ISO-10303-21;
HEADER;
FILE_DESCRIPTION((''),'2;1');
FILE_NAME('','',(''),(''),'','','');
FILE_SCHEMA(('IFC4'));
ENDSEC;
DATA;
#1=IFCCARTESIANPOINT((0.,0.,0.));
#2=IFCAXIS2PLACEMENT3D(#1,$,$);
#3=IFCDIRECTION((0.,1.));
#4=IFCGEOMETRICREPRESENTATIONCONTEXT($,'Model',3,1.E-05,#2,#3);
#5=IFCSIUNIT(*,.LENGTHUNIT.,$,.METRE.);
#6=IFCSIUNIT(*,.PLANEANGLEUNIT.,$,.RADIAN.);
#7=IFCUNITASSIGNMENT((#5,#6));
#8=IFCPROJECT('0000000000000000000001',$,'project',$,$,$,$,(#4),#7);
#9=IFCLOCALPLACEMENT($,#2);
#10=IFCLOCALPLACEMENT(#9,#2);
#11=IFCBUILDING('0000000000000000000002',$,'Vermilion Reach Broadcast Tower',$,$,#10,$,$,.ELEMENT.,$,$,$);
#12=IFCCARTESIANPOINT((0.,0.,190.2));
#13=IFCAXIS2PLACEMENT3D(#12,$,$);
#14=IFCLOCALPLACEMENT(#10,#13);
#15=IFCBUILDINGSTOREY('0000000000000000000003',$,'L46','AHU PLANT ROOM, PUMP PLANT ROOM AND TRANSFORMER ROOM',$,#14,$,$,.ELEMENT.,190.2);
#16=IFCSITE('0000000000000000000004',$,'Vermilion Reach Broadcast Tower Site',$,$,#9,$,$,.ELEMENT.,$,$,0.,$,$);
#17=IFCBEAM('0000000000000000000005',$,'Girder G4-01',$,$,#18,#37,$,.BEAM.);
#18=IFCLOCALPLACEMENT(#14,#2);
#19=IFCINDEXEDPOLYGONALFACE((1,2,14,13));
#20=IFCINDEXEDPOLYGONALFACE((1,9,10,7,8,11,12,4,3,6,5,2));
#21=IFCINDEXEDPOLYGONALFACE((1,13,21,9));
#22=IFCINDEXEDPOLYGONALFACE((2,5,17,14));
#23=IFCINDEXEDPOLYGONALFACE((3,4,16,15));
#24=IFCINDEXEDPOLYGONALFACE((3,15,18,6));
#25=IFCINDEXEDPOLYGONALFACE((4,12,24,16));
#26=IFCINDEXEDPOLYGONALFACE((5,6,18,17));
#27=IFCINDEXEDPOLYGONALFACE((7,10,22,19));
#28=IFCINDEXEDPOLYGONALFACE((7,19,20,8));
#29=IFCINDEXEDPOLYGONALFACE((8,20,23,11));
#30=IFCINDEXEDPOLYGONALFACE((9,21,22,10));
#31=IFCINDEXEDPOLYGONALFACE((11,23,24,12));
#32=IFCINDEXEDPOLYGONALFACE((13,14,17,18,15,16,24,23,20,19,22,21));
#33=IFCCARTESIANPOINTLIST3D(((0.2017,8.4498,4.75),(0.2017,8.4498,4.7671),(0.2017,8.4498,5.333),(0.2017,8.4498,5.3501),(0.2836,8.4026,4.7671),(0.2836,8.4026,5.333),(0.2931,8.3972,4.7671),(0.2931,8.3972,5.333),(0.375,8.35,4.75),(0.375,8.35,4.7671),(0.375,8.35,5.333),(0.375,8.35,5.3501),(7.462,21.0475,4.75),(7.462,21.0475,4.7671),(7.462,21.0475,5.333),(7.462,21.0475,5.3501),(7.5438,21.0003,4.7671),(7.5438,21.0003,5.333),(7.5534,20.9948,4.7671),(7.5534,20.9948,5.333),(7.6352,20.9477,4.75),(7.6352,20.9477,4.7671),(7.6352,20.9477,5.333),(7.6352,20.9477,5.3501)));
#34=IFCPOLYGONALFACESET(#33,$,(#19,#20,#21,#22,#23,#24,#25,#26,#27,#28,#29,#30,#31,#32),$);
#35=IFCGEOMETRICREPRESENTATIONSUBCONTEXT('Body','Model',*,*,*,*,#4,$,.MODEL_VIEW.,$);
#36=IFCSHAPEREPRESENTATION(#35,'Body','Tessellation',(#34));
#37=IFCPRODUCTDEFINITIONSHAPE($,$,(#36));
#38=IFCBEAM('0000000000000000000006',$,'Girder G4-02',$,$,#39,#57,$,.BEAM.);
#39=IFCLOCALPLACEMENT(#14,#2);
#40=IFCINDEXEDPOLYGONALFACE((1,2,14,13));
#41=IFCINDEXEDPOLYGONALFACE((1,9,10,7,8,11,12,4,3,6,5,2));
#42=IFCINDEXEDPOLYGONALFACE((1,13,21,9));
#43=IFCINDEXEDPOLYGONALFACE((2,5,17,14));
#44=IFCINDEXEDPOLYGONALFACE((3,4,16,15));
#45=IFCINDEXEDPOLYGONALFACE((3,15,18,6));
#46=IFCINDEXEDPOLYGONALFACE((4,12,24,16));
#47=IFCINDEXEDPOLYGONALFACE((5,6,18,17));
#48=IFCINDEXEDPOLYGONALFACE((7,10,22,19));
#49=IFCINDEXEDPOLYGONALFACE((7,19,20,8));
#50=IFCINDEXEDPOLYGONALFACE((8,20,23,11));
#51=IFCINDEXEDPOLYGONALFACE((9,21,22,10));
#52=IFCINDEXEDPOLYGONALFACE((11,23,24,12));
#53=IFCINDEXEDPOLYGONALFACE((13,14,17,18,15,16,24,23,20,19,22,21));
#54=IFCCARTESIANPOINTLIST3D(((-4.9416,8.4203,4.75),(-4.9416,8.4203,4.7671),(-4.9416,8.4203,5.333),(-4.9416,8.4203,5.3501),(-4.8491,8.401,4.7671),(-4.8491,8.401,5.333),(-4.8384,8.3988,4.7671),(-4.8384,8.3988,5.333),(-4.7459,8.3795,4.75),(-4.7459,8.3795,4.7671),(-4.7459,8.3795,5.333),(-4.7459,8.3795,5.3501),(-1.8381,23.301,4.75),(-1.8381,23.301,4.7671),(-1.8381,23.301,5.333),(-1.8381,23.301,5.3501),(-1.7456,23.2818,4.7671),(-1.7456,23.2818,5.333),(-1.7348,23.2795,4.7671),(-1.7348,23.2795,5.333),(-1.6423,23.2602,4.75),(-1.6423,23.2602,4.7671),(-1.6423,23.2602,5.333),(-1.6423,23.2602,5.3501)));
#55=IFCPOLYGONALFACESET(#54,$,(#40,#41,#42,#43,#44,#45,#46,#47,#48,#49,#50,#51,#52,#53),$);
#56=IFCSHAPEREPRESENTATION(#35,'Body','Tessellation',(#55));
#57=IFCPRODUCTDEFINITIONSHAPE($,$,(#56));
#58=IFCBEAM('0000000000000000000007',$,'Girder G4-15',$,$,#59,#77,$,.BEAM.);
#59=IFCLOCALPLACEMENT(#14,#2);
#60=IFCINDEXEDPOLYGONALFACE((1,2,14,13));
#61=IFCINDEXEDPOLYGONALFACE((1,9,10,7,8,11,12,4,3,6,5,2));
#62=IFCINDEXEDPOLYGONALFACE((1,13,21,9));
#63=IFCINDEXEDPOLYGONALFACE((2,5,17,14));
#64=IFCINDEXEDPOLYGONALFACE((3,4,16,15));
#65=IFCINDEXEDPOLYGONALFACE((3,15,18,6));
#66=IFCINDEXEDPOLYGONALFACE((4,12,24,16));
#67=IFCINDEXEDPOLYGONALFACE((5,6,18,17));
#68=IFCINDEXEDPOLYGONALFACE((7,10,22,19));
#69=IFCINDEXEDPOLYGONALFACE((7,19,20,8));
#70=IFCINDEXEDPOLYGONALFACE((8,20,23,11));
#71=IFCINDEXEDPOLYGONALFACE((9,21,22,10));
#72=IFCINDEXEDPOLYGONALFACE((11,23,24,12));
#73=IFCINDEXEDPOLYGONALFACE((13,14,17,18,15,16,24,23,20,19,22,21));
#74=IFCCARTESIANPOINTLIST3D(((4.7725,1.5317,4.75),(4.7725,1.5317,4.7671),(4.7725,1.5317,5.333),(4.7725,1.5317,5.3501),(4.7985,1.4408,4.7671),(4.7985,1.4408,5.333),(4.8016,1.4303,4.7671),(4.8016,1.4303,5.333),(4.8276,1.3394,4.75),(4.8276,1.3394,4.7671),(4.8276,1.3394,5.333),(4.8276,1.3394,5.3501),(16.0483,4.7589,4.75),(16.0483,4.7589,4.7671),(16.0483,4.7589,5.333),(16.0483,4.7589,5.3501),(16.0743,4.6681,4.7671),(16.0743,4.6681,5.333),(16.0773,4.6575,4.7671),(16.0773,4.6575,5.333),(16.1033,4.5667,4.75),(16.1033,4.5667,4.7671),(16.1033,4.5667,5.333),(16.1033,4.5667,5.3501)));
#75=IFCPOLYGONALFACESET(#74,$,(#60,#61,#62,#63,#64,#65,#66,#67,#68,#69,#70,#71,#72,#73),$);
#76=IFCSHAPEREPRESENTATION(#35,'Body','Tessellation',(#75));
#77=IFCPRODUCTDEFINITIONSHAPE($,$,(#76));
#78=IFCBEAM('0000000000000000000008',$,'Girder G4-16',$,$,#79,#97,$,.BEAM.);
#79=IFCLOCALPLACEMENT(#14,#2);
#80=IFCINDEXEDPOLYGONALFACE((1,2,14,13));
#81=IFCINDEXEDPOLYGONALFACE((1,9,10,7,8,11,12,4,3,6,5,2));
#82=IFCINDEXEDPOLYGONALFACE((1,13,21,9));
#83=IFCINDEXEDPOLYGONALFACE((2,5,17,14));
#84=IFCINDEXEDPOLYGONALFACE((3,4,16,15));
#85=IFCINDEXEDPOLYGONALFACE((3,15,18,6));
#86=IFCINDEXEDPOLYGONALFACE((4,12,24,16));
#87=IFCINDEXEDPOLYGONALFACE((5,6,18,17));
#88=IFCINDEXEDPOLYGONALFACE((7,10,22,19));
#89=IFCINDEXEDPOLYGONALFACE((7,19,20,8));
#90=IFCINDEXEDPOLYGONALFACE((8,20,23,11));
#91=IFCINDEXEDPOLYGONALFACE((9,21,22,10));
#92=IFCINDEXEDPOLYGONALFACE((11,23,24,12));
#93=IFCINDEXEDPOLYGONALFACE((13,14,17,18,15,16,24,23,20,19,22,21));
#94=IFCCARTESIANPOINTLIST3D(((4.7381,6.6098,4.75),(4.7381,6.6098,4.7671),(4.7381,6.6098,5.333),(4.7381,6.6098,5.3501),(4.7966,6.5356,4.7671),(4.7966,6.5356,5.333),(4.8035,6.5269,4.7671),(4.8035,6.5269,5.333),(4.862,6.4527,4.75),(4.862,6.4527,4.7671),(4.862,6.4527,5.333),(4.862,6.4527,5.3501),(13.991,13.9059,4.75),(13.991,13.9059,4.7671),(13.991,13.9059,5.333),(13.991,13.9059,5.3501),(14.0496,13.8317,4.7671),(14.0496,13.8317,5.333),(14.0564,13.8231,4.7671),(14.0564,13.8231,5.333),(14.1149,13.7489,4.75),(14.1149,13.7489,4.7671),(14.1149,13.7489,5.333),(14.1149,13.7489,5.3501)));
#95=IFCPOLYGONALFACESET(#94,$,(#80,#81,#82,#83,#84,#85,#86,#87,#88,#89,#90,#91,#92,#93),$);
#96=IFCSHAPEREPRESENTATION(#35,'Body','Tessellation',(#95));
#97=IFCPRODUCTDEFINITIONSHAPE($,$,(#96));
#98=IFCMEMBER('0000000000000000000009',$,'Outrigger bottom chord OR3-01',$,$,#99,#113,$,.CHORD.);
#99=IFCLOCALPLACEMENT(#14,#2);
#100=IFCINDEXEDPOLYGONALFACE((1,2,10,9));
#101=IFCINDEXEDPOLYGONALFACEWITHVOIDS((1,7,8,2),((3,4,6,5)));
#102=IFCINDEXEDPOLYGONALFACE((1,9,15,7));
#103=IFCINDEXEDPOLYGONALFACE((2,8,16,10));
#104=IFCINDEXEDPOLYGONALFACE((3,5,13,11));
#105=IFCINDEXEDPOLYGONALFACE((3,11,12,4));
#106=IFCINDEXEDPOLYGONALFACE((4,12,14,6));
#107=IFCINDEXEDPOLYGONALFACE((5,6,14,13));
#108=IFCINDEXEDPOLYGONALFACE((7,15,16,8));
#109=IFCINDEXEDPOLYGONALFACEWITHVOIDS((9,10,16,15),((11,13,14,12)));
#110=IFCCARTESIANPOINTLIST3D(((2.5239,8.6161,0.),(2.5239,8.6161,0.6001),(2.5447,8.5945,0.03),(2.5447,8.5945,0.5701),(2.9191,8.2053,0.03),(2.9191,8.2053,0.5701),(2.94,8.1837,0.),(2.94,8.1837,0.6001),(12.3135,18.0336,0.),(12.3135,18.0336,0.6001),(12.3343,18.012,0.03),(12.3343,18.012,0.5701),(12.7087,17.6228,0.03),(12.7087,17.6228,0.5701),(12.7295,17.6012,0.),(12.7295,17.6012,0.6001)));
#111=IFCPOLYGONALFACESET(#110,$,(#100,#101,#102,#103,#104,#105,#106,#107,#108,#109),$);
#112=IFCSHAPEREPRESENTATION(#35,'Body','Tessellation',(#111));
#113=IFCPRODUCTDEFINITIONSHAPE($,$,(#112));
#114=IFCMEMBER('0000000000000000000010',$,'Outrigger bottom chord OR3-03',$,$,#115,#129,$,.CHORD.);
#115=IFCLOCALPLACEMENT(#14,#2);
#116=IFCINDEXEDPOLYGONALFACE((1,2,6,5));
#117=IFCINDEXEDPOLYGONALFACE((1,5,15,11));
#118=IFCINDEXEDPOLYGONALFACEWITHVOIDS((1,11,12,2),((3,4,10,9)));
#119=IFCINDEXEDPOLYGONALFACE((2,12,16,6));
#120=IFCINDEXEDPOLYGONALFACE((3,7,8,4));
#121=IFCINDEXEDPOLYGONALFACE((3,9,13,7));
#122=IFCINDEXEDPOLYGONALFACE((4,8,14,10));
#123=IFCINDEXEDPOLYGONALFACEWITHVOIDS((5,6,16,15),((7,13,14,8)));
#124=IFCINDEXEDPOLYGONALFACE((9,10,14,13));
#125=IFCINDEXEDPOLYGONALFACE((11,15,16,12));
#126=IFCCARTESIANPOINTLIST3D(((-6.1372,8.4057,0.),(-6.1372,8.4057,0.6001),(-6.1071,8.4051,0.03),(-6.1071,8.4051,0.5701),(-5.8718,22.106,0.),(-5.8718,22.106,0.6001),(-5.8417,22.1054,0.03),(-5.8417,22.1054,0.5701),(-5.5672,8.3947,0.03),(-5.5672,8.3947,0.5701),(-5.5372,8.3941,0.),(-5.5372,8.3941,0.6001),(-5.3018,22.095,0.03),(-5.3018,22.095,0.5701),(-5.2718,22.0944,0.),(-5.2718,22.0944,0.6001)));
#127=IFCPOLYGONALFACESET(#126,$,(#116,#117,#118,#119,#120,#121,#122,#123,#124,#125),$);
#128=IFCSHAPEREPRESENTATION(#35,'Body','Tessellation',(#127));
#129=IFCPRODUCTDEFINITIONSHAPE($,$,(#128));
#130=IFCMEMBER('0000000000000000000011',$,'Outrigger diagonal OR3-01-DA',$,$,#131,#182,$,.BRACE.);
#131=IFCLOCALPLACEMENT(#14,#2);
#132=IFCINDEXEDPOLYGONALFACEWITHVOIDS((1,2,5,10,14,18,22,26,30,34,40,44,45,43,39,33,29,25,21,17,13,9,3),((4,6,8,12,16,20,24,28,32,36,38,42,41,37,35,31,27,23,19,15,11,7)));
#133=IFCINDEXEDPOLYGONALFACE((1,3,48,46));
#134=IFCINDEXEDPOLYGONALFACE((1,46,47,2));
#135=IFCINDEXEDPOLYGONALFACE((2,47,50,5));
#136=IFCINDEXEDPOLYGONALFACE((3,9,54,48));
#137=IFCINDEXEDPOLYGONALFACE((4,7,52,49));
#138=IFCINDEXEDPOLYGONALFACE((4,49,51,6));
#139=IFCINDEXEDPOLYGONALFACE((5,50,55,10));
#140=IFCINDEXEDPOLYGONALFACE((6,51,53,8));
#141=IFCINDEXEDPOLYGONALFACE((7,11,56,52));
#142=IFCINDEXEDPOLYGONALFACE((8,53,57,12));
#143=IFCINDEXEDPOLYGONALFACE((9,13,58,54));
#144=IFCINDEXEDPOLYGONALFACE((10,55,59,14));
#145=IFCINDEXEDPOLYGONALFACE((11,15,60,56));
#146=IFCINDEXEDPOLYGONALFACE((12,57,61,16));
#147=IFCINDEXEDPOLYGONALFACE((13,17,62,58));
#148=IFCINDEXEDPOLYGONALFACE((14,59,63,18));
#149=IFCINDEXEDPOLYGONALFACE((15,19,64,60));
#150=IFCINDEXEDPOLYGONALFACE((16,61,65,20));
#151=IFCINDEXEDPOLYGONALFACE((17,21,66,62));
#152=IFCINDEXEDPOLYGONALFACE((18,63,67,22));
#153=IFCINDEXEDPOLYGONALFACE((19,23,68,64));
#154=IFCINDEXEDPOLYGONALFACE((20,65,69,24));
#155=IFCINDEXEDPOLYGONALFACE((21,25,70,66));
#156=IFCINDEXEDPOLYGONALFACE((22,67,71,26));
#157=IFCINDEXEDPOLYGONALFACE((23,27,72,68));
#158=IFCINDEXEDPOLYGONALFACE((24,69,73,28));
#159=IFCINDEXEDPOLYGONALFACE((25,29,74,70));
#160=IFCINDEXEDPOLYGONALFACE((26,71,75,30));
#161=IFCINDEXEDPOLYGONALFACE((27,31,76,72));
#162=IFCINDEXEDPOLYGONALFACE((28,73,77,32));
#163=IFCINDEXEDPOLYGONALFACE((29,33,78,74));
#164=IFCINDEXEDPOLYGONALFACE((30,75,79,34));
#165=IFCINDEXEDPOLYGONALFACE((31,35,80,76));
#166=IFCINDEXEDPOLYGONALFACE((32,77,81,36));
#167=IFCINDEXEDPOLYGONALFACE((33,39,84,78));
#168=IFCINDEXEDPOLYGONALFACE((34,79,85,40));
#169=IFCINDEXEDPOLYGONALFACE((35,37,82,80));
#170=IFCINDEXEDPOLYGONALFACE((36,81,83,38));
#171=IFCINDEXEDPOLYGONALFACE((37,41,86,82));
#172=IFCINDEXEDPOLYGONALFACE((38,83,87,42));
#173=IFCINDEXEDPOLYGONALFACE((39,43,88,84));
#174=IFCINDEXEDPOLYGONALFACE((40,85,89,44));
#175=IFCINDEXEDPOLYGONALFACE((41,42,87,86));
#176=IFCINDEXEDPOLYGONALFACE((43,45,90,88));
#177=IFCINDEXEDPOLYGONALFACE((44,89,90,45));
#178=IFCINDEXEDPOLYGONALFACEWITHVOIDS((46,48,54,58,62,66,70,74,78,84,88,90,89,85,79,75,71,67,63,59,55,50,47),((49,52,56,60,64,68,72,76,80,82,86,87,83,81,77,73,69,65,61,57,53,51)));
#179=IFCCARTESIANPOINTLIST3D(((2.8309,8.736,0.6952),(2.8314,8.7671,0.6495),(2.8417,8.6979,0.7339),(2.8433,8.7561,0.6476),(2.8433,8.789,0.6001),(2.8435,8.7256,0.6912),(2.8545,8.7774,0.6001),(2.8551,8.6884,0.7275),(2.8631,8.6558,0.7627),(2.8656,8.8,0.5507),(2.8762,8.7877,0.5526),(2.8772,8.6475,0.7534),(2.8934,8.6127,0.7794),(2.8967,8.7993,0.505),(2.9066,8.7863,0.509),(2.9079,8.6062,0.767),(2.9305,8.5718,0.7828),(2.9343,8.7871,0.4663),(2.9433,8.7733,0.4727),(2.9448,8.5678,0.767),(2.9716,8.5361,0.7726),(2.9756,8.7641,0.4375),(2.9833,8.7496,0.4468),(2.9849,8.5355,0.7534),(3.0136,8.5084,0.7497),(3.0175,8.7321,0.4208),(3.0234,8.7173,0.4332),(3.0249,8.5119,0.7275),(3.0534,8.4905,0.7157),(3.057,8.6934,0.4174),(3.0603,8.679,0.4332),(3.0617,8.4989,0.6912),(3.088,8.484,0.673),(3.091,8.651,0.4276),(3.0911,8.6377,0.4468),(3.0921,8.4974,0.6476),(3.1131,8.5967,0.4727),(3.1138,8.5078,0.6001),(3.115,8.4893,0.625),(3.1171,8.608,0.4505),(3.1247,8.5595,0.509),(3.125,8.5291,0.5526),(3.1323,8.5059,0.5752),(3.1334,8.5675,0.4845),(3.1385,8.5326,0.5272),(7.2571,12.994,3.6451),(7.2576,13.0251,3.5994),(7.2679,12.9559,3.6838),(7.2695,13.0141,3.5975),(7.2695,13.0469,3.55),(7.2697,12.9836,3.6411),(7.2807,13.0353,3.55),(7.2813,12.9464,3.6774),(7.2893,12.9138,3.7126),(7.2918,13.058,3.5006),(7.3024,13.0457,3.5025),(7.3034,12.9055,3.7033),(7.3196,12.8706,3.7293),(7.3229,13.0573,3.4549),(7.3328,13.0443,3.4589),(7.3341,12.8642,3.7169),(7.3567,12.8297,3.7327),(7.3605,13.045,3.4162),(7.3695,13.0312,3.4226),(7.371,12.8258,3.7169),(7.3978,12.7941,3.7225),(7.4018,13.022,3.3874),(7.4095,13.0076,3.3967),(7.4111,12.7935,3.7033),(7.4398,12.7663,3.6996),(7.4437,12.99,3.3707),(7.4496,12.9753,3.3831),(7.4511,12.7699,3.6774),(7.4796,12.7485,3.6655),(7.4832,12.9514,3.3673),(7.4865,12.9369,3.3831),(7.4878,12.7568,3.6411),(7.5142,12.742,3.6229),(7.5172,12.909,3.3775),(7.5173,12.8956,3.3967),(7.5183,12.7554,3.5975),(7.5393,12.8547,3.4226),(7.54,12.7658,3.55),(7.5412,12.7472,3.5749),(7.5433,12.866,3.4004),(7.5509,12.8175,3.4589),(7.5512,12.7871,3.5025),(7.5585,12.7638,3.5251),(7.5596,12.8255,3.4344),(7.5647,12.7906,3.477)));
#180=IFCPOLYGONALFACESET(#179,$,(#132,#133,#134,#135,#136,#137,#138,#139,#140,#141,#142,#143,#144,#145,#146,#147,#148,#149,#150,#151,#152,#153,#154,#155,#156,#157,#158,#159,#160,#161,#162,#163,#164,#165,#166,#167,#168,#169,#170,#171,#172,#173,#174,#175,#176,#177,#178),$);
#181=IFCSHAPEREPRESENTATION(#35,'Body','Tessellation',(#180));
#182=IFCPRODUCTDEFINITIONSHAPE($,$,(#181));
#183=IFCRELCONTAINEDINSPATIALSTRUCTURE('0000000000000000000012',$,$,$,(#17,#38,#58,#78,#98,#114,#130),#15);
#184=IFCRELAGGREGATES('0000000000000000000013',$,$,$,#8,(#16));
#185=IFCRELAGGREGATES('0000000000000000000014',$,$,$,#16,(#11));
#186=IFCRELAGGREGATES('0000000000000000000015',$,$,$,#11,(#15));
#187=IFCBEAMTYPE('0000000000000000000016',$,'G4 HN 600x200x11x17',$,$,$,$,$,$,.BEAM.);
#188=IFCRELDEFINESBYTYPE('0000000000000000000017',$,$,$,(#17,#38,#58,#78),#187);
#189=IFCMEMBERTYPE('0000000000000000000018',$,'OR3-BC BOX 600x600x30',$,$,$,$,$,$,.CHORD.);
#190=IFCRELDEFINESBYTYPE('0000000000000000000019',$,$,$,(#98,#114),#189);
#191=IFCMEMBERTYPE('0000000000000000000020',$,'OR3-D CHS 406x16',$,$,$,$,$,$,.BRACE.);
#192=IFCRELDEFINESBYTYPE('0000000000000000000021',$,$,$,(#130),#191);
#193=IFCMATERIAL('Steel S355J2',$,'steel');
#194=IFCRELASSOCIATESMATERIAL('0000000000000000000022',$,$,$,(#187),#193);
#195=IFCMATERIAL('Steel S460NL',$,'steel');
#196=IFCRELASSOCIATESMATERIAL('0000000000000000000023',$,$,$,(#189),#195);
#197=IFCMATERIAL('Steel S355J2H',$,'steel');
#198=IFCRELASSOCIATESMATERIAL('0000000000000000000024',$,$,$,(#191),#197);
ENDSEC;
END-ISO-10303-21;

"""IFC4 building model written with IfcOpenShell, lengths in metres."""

from ifc_helpers import new_model, si_unit, direction, frame, origin, origin_2d, place, context, subcontext, project, spatial, hollow_rectangle, hollow_circle, i_section, extrude, material, material_profile, profile_set, type_object, element, save


model = new_model("IFC4")

# Units and contexts
model_context = context("Model", 3, precision=1e-05, world=origin(), true_north=direction((0.0, 1.0)))
body_context = subcontext(model_context, "Body", "Model", "MODEL_VIEW")
ifc_project = project(units=[si_unit("LENGTHUNIT", "METRE"), si_unit("PLANEANGLEUNIT", "RADIAN")], contexts=[model_context])

# Site, building, storey
site_placement = place(None, origin())
site = spatial("IfcSite", under=ifc_project, at=site_placement, Name="Vermilion Reach Broadcast Tower Site", CompositionType="ELEMENT", RefElevation=0.0)
building_placement = place(site_placement, origin())
building = spatial("IfcBuilding", under=site, at=building_placement, Name="Vermilion Reach Broadcast Tower", CompositionType="ELEMENT")
storey_placement = place(building_placement, frame((0.0, 0.0, 190.2)))
storey = spatial("IfcBuildingStorey", under=building, at=storey_placement, Name="L46", Description="AHU PLANT ROOM, PUMP PLANT ROOM AND TRANSFORMER ROOM", CompositionType="ELEMENT", Elevation=190.2)

# Beams
ifc_material_1 = material(Name="Steel S355J2", Category="steel")
ifc_material_profile_1 = material_profile(ifc_material_1, i_section(OverallWidth=0.2, OverallDepth=0.6001, WebThickness=0.011, FlangeThickness=0.0171, at=origin_2d()), Name="S355J2 HN 600x200x11x17")
ifc_profile_set_1 = profile_set([ifc_material_profile_1], Name="Steel S355J2")
beam_type = type_object("IfcBeamType", Name="G4 HN 600x200x11x17", PredefinedType="BEAM", material=ifc_profile_set_1)
beam_1_placement = place(storey_placement, frame((0.2883, 8.3999, 5.05), z_axis=(0.499329, 0.866412, 0.0), x_axis=(-0.866412, 0.499329, 0.0)))
element("IfcBeam", 1, at=beam_1_placement, inside=storey, type_object=beam_type, Name="Girder G4-01", PredefinedType="BEAM", context=body_context, shape_type="SweptSolid", body=[
    extrude(i_section(OverallWidth=0.2, OverallDepth=0.6001, WebThickness=0.011, FlangeThickness=0.0171, at=origin_2d()), origin(), (0.0, 0.0, 1.0), 14.54),
])
beam_2_placement = place(storey_placement, frame((-4.8438, 8.3999, 5.05), z_axis=(0.204168, 0.978936, 0.0), x_axis=(-0.978936, 0.204168, 0.0)))
element("IfcBeam", 2, at=beam_2_placement, inside=storey, type_object=beam_type, Name="Girder G4-02", PredefinedType="BEAM", context=body_context, shape_type="SweptSolid", body=[
    extrude(i_section(OverallWidth=0.2, OverallDepth=0.6001, WebThickness=0.011, FlangeThickness=0.0171, at=origin_2d()), origin(), (0.0, 0.0, 1.0), 15.2009),
])
beam_3_placement = place(storey_placement, frame((4.8, 1.4355, 5.05), z_axis=(0.961397, 0.275164, 0.0), x_axis=(-0.275164, 0.961397, 0.0)))
element("IfcBeam", 3, at=beam_3_placement, inside=storey, type_object=beam_type, Name="Girder G4-15", PredefinedType="BEAM", context=body_context, shape_type="SweptSolid", body=[
    extrude(i_section(OverallWidth=0.2, OverallDepth=0.6001, WebThickness=0.011, FlangeThickness=0.0171, at=origin_2d()), origin(), (0.0, 0.0, 1.0), 11.7285),
])
beam_4_placement = place(storey_placement, frame((4.8, 6.5312, 5.05), z_axis=(0.785246, 0.619184, 0.0), x_axis=(-0.619184, 0.785246, 0.0)))
element("IfcBeam", 4, at=beam_4_placement, inside=storey, type_object=beam_type, Name="Girder G4-16", PredefinedType="BEAM", context=body_context, shape_type="SweptSolid", body=[
    extrude(i_section(OverallWidth=0.2, OverallDepth=0.6001, WebThickness=0.011, FlangeThickness=0.0171, at=origin_2d()), origin(), (0.0, 0.0, 1.0), 11.7834),
])

# Members
ifc_material_2 = material(Name="Steel S460NL", Category="steel")
ifc_material_profile_2 = material_profile(ifc_material_2, hollow_rectangle(XDim=0.6001, YDim=0.6001, WallThickness=0.03, at=origin_2d()), Name="S460NL BOX 600x600x30")
ifc_profile_set_2 = profile_set([ifc_material_profile_2], Name="Steel S460NL")
member_type_1 = type_object("IfcMemberType", Name="OR3-BC BOX 600x600x30", PredefinedType="CHORD", material=ifc_profile_set_2)
member_1_placement = place(storey_placement, frame((2.7319, 8.3999, 0.3), z_axis=(0.720669, 0.693279, 0.0), x_axis=(-0.693279, 0.720669, 0.0)))
element("IfcMember", 5, at=member_1_placement, inside=storey, type_object=member_type_1, Name="Outrigger bottom chord OR3-01", PredefinedType="CHORD", context=body_context, shape_type="SweptSolid", body=[
    extrude(hollow_rectangle(XDim=0.6001, YDim=0.6001, WallThickness=0.03, at=origin_2d()), origin(), (0.0, 0.0, 1.0), 13.584),
])
member_2_placement = place(storey_placement, frame((-5.8372, 8.3999, 0.3), z_axis=(0.019367, 0.999812, 0.0), x_axis=(-0.999812, 0.019367, 0.0)))
element("IfcMember", 6, at=member_2_placement, inside=storey, type_object=member_type_1, Name="Outrigger bottom chord OR3-03", PredefinedType="CHORD", context=body_context, shape_type="SweptSolid", body=[
    extrude(hollow_rectangle(XDim=0.6001, YDim=0.6001, WallThickness=0.03, at=origin_2d()), origin(), (0.0, 0.0, 1.0), 13.7029),
])
ifc_material_3 = material(Name="Steel S355J2H", Category="steel")
ifc_material_profile_3 = material_profile(ifc_material_3, hollow_circle(Radius=0.2031, WallThickness=0.0161, at=origin_2d()), Name="S355J2H CHS 406x16")
ifc_profile_set_3 = profile_set([ifc_material_profile_3], Name="Steel S355J2H")
member_type_2 = type_object("IfcMemberType", Name="OR3-D CHS 406x16", PredefinedType="BRACE", material=ifc_profile_set_3)
member_3_placement = place(storey_placement, frame((2.9841, 8.6426, 0.6001), z_axis=(0.649623, 0.624935, 0.432951), x_axis=(-0.69328, 0.720668, 0.0)))
element("IfcMember", 7, at=member_3_placement, inside=storey, type_object=member_type_2, Name="Outrigger diagonal OR3-01-DA", PredefinedType="BRACE", context=body_context, shape_type="SweptSolid", body=[
    extrude(hollow_circle(Radius=0.2031, WallThickness=0.0161, at=origin_2d()), origin(), (0.0, 0.0, 1.0), 6.8135),
])

save(model, "model.ifc")
